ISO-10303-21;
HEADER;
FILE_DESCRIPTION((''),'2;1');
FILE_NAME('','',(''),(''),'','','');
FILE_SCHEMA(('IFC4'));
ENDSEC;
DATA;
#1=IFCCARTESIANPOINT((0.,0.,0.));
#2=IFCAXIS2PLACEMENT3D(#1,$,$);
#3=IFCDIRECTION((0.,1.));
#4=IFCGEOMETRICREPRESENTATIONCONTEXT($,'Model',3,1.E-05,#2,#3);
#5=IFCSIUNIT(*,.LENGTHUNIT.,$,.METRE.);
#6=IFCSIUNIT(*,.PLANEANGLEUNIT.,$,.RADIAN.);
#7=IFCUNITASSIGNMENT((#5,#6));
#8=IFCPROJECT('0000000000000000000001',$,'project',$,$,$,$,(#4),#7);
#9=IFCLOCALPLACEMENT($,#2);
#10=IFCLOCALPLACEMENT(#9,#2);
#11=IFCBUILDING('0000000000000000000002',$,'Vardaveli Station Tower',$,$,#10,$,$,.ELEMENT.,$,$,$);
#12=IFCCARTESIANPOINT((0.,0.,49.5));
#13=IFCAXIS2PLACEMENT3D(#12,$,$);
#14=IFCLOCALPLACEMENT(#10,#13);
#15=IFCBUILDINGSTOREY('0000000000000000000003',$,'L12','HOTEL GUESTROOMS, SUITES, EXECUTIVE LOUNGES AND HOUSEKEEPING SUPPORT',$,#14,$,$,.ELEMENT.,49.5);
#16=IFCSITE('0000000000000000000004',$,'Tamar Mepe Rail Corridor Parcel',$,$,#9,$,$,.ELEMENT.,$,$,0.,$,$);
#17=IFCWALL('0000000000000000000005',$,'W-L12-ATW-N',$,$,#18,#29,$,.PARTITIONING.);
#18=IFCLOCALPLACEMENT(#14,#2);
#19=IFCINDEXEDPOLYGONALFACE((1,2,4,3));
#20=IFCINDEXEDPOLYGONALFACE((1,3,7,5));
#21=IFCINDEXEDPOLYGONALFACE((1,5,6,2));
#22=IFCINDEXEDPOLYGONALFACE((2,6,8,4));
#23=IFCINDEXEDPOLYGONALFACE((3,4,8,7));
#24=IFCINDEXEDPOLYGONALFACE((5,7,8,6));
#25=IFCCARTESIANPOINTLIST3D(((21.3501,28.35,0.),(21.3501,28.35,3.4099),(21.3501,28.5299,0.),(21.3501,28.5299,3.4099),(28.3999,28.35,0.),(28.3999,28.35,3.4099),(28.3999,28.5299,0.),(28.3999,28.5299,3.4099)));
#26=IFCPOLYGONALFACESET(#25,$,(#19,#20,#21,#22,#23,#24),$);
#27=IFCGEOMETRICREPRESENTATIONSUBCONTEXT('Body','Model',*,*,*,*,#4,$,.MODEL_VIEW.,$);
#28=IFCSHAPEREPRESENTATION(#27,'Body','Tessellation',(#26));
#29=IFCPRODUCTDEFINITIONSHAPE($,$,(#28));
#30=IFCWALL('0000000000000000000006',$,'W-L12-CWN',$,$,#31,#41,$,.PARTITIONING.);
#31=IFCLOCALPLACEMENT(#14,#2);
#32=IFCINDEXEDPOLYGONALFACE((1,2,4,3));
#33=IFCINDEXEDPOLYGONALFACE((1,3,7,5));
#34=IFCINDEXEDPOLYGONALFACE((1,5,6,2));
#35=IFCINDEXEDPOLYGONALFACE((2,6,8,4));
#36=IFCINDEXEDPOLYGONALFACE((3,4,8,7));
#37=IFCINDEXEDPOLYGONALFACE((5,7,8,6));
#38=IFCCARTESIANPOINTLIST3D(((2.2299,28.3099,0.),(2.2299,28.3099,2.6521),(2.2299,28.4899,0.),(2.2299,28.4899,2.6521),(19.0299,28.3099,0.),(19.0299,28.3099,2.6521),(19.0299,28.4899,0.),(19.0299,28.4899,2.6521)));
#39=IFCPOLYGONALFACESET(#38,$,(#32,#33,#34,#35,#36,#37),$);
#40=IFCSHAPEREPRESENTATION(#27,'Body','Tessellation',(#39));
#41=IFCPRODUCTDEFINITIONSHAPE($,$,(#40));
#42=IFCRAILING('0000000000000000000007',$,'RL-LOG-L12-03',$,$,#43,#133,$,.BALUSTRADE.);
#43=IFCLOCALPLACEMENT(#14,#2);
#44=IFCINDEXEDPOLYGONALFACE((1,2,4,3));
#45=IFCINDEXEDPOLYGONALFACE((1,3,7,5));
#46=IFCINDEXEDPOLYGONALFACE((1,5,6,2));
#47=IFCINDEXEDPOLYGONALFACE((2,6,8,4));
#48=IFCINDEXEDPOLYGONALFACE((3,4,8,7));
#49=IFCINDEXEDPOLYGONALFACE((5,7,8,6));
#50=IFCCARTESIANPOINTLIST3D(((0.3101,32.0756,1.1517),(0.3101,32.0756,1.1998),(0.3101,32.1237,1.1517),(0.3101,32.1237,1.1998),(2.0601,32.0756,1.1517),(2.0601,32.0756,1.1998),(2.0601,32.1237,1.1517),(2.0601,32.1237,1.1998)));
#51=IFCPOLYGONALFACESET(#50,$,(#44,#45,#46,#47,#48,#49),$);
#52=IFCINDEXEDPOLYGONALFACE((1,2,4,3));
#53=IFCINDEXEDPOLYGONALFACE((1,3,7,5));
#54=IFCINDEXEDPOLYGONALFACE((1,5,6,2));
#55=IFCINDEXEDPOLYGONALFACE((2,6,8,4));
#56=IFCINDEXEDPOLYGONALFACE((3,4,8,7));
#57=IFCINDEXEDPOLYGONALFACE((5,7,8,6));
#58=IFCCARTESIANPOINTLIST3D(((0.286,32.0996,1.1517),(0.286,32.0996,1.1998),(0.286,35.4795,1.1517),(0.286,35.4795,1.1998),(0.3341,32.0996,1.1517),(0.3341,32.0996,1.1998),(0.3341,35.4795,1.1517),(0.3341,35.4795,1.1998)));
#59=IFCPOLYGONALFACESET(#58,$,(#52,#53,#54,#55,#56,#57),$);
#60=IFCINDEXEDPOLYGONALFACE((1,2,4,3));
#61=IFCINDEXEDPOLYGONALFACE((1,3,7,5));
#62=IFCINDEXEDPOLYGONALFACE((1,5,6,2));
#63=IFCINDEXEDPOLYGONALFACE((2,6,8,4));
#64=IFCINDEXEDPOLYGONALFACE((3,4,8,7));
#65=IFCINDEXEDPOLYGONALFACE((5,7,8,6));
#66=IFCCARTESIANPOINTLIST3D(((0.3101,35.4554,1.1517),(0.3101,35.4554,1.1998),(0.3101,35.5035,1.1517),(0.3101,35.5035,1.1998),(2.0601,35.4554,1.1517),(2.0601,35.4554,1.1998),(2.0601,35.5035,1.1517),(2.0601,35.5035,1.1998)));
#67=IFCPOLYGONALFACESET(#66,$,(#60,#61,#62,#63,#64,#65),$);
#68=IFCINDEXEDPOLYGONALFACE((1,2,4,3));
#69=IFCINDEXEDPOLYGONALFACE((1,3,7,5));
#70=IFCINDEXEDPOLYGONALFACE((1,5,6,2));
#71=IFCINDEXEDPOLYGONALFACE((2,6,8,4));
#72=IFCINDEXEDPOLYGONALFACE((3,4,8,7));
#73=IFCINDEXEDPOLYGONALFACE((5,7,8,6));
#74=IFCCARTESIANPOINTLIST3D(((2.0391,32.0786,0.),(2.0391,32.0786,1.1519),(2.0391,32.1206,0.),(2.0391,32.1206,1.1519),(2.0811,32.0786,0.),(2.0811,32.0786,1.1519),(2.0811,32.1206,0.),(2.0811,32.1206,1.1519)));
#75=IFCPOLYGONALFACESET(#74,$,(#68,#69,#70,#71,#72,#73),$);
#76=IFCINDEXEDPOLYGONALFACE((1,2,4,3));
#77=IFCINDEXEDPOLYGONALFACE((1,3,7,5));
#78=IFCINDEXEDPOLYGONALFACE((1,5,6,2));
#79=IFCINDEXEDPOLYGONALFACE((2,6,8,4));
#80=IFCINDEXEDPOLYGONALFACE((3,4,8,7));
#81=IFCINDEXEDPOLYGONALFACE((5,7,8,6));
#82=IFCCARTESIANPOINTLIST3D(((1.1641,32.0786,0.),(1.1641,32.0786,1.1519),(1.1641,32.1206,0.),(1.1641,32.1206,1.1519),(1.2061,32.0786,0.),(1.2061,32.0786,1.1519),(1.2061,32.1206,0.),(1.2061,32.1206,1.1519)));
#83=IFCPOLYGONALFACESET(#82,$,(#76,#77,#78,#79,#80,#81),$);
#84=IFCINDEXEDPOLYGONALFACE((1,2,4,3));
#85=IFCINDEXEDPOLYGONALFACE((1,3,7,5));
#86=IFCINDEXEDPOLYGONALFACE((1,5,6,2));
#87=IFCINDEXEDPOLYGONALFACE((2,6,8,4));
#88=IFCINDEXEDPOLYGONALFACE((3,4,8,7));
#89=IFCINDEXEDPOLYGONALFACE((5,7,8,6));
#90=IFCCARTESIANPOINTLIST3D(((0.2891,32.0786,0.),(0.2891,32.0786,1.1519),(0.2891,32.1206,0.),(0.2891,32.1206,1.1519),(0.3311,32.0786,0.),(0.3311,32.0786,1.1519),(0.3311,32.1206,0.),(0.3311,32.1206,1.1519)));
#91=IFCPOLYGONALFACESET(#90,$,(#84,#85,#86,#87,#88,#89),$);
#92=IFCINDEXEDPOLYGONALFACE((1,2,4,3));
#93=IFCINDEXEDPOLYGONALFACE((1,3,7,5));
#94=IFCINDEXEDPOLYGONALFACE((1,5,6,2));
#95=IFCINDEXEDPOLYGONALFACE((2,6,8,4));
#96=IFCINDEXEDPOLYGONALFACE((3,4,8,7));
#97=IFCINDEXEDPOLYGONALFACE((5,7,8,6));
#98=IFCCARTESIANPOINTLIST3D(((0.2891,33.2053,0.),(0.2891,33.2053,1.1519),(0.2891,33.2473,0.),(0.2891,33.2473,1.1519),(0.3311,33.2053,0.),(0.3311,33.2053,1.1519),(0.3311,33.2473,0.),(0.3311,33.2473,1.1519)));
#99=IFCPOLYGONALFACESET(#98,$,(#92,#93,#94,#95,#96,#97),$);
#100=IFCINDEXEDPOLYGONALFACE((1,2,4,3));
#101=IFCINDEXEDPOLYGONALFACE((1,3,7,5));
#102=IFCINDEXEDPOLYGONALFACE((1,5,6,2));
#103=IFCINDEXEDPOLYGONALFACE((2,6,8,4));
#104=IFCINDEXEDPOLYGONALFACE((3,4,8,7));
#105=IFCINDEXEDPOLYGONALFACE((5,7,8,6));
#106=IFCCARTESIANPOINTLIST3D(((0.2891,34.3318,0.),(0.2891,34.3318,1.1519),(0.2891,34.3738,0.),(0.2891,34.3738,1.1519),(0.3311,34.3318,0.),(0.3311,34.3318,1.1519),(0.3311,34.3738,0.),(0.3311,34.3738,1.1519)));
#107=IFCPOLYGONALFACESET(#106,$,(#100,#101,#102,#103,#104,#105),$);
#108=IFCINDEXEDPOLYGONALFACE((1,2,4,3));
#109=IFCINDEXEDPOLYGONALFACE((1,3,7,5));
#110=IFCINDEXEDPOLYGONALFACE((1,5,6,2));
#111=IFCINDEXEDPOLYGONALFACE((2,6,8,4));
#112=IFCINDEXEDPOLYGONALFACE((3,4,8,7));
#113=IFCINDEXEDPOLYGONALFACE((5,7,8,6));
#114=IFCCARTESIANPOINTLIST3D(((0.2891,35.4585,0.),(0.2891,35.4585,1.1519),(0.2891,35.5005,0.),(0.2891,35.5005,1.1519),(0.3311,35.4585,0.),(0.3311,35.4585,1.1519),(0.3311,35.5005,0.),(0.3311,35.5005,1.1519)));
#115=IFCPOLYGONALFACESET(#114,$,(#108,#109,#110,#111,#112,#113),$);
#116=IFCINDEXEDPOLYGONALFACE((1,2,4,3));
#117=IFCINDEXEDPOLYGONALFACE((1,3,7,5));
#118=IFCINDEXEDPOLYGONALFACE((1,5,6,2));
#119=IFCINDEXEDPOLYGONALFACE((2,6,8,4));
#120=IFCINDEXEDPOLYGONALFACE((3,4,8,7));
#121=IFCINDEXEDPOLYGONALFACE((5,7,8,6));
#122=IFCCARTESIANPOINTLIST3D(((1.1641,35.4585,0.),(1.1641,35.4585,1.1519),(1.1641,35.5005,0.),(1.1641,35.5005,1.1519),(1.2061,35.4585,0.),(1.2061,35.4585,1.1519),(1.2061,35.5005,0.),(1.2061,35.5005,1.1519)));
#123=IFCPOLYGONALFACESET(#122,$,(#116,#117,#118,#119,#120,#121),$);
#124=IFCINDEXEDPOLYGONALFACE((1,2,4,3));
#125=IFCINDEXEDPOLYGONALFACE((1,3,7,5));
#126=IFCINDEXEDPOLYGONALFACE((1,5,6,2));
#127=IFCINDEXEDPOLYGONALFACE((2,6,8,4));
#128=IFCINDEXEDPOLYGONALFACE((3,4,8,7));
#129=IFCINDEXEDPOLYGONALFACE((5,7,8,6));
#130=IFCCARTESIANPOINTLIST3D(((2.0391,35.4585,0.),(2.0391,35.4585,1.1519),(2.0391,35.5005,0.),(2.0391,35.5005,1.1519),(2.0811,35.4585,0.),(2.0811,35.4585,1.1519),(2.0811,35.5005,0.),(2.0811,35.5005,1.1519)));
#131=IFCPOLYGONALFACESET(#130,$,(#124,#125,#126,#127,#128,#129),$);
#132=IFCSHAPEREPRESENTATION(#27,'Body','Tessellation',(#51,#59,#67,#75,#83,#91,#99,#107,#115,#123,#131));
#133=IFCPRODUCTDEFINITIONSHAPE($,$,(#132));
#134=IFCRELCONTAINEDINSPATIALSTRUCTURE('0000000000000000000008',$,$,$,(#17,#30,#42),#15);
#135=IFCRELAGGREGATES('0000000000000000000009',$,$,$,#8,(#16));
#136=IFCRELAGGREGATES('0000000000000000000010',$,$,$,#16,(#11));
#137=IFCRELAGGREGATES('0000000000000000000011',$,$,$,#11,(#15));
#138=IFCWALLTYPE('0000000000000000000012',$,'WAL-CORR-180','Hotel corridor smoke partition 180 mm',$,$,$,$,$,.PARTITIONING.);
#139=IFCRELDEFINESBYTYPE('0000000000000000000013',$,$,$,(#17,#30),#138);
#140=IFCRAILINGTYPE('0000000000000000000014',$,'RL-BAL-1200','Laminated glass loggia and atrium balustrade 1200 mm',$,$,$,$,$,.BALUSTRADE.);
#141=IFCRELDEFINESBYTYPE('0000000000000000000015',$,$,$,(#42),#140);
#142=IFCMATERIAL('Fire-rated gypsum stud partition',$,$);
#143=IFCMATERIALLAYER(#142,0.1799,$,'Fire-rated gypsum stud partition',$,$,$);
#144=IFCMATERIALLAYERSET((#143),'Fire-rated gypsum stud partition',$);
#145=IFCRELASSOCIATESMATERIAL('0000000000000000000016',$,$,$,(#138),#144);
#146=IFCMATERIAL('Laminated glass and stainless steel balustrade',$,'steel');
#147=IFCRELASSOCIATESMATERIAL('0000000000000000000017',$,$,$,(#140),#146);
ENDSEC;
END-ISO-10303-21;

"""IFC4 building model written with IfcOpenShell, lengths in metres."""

from ifc_helpers import new_model, si_unit, direction, frame, frame_2d, origin, origin_2d, place, context, subcontext, project, spatial, rectangle, extrude, source, transform, mapped, material, layer, layer_set, type_object, element, save


model = new_model("IFC4")

# Units and contexts
model_context = context("Model", 3, precision=1e-05, world=origin(), true_north=direction((0.0, 1.0)))
body_context = subcontext(model_context, "Body", "Model", "MODEL_VIEW")
ifc_project = project(units=[si_unit("LENGTHUNIT", "METRE"), si_unit("PLANEANGLEUNIT", "RADIAN")], contexts=[model_context])

# Site, building, storey
site_placement = place(None, origin())
site = spatial("IfcSite", under=ifc_project, at=site_placement, Name="Tamar Mepe Rail Corridor Parcel", CompositionType="ELEMENT", RefElevation=0.0)
building_placement = place(site_placement, origin())
building = spatial("IfcBuilding", under=site, at=building_placement, Name="Vardaveli Station Tower", CompositionType="ELEMENT")
storey_placement = place(building_placement, frame((0.0, 0.0, 49.5)))
storey = spatial("IfcBuildingStorey", under=building, at=storey_placement, Name="L12", Description="HOTEL GUESTROOMS, SUITES, EXECUTIVE LOUNGES AND HOUSEKEEPING SUPPORT", CompositionType="ELEMENT", Elevation=49.5)

# Shared definitions
ifc_material_1 = material(Name="Fire-rated gypsum stud partition")
ifc_layer_1 = layer(ifc_material_1, 0.1799, Name="Fire-rated gypsum stud partition")
ifc_layer_set_1 = layer_set([ifc_layer_1], Name="Fire-rated gypsum stud partition")
wall_type = type_object("IfcWallType", Name="WAL-CORR-180", Description="Hotel corridor smoke partition 180 mm", PredefinedType="PARTITIONING", material=ifc_layer_set_1)

# Walls
shared_shape_1 = source(origin(), body_context, "Body", "SweptSolid", [
    extrude(rectangle(XDim=7.0498, YDim=0.1799, at=frame_2d((3.5249, 0.0))), origin(), (0.0, 0.0, 1.0), 3.4099),
])
wall_1_placement = place(storey_placement, frame((21.3501, 28.4399, 0.0), z_axis=(0.0, 0.0, 1.0), x_axis=(1.0, 0.0, 0.0)))
element("IfcWall", 1, at=wall_1_placement, inside=storey, type_object=wall_type, Name="W-L12-ATW-N", PredefinedType="PARTITIONING", context=body_context, shape_type="MappedRepresentation", body=[
    mapped(shared_shape_1, transform((0.0, 0.0, 0.0), scale=1.0)),
])
shared_shape_2 = source(origin(), body_context, "Body", "SweptSolid", [
    extrude(rectangle(XDim=16.8, YDim=0.1799, at=frame_2d((8.3999, 0.0))), origin(), (0.0, 0.0, 1.0), 2.6521),
])
wall_2_placement = place(storey_placement, frame((2.23, 28.3999, 0.0), z_axis=(0.0, 0.0, 1.0), x_axis=(1.0, 0.0, 0.0)))
element("IfcWall", 2, at=wall_2_placement, inside=storey, type_object=wall_type, Name="W-L12-CWN", PredefinedType="PARTITIONING", context=body_context, shape_type="MappedRepresentation", body=[
    mapped(shared_shape_2, transform((0.0, 0.0, 0.0), scale=1.0)),
])

# Railing
ifc_material_2 = material(Name="Laminated glass and stainless steel balustrade", Category="steel")
railing_type = type_object("IfcRailingType", Name="RL-BAL-1200", Description="Laminated glass loggia and atrium balustrade 1200 mm", PredefinedType="BALUSTRADE", material=ifc_material_2)
shared_shape_3 = source(origin(), body_context, "Body", "SweptSolid", [
    extrude(rectangle(XDim=0.0481, YDim=0.0481, at=origin_2d()), frame((0.0, 0.0, 1.1758), z_axis=(-1.0, 0.0, 0.0), x_axis=(0.0, -1.0, 0.0)), (0.0, 0.0, 1.0), 1.75),
    extrude(rectangle(XDim=0.0481, YDim=0.0481, at=origin_2d()), frame((-1.75, 0.0, 1.1758), z_axis=(0.0, 1.0, 0.0), x_axis=(-1.0, 0.0, 0.0)), (0.0, 0.0, 1.0), 3.3799),
    extrude(rectangle(XDim=0.0481, YDim=0.0481, at=origin_2d()), frame((-1.75, 3.3799, 1.1758), z_axis=(1.0, 0.0, 0.0), x_axis=(0.0, 1.0, 0.0)), (0.0, 0.0, 1.0), 1.75),
    extrude(rectangle(XDim=0.042, YDim=0.042, at=origin_2d()), origin(), (0.0, 0.0, 1.0), 1.1519),
    extrude(rectangle(XDim=0.042, YDim=0.042, at=origin_2d()), frame((-0.875, 0.0, 0.0)), (0.0, 0.0, 1.0), 1.1519),
    extrude(rectangle(XDim=0.042, YDim=0.042, at=origin_2d()), frame((-1.75, 0.0, 0.0)), (0.0, 0.0, 1.0), 1.1519),
    extrude(rectangle(XDim=0.042, YDim=0.042, at=origin_2d()), frame((-1.75, 1.1267, 0.0)), (0.0, 0.0, 1.0), 1.1519),
    extrude(rectangle(XDim=0.042, YDim=0.042, at=origin_2d()), frame((-1.75, 2.2532, 0.0)), (0.0, 0.0, 1.0), 1.1519),
    extrude(rectangle(XDim=0.042, YDim=0.042, at=origin_2d()), frame((-1.75, 3.3799, 0.0)), (0.0, 0.0, 1.0), 1.1519),
    extrude(rectangle(XDim=0.042, YDim=0.042, at=origin_2d()), frame((-0.875, 3.3799, 0.0)), (0.0, 0.0, 1.0), 1.1519),
    extrude(rectangle(XDim=0.042, YDim=0.042, at=origin_2d()), frame((0.0, 3.3799, 0.0)), (0.0, 0.0, 1.0), 1.1519),
])
railing_placement = place(storey_placement, frame((2.0601, 32.0996, 0.0)))
element("IfcRailing", 3, at=railing_placement, inside=storey, type_object=railing_type, Name="RL-LOG-L12-03", PredefinedType="BALUSTRADE", context=body_context, shape_type="MappedRepresentation", body=[
    mapped(shared_shape_3, transform((0.0, 0.0, 0.0), scale=1.0)),
])

save(model, "model.ifc")
